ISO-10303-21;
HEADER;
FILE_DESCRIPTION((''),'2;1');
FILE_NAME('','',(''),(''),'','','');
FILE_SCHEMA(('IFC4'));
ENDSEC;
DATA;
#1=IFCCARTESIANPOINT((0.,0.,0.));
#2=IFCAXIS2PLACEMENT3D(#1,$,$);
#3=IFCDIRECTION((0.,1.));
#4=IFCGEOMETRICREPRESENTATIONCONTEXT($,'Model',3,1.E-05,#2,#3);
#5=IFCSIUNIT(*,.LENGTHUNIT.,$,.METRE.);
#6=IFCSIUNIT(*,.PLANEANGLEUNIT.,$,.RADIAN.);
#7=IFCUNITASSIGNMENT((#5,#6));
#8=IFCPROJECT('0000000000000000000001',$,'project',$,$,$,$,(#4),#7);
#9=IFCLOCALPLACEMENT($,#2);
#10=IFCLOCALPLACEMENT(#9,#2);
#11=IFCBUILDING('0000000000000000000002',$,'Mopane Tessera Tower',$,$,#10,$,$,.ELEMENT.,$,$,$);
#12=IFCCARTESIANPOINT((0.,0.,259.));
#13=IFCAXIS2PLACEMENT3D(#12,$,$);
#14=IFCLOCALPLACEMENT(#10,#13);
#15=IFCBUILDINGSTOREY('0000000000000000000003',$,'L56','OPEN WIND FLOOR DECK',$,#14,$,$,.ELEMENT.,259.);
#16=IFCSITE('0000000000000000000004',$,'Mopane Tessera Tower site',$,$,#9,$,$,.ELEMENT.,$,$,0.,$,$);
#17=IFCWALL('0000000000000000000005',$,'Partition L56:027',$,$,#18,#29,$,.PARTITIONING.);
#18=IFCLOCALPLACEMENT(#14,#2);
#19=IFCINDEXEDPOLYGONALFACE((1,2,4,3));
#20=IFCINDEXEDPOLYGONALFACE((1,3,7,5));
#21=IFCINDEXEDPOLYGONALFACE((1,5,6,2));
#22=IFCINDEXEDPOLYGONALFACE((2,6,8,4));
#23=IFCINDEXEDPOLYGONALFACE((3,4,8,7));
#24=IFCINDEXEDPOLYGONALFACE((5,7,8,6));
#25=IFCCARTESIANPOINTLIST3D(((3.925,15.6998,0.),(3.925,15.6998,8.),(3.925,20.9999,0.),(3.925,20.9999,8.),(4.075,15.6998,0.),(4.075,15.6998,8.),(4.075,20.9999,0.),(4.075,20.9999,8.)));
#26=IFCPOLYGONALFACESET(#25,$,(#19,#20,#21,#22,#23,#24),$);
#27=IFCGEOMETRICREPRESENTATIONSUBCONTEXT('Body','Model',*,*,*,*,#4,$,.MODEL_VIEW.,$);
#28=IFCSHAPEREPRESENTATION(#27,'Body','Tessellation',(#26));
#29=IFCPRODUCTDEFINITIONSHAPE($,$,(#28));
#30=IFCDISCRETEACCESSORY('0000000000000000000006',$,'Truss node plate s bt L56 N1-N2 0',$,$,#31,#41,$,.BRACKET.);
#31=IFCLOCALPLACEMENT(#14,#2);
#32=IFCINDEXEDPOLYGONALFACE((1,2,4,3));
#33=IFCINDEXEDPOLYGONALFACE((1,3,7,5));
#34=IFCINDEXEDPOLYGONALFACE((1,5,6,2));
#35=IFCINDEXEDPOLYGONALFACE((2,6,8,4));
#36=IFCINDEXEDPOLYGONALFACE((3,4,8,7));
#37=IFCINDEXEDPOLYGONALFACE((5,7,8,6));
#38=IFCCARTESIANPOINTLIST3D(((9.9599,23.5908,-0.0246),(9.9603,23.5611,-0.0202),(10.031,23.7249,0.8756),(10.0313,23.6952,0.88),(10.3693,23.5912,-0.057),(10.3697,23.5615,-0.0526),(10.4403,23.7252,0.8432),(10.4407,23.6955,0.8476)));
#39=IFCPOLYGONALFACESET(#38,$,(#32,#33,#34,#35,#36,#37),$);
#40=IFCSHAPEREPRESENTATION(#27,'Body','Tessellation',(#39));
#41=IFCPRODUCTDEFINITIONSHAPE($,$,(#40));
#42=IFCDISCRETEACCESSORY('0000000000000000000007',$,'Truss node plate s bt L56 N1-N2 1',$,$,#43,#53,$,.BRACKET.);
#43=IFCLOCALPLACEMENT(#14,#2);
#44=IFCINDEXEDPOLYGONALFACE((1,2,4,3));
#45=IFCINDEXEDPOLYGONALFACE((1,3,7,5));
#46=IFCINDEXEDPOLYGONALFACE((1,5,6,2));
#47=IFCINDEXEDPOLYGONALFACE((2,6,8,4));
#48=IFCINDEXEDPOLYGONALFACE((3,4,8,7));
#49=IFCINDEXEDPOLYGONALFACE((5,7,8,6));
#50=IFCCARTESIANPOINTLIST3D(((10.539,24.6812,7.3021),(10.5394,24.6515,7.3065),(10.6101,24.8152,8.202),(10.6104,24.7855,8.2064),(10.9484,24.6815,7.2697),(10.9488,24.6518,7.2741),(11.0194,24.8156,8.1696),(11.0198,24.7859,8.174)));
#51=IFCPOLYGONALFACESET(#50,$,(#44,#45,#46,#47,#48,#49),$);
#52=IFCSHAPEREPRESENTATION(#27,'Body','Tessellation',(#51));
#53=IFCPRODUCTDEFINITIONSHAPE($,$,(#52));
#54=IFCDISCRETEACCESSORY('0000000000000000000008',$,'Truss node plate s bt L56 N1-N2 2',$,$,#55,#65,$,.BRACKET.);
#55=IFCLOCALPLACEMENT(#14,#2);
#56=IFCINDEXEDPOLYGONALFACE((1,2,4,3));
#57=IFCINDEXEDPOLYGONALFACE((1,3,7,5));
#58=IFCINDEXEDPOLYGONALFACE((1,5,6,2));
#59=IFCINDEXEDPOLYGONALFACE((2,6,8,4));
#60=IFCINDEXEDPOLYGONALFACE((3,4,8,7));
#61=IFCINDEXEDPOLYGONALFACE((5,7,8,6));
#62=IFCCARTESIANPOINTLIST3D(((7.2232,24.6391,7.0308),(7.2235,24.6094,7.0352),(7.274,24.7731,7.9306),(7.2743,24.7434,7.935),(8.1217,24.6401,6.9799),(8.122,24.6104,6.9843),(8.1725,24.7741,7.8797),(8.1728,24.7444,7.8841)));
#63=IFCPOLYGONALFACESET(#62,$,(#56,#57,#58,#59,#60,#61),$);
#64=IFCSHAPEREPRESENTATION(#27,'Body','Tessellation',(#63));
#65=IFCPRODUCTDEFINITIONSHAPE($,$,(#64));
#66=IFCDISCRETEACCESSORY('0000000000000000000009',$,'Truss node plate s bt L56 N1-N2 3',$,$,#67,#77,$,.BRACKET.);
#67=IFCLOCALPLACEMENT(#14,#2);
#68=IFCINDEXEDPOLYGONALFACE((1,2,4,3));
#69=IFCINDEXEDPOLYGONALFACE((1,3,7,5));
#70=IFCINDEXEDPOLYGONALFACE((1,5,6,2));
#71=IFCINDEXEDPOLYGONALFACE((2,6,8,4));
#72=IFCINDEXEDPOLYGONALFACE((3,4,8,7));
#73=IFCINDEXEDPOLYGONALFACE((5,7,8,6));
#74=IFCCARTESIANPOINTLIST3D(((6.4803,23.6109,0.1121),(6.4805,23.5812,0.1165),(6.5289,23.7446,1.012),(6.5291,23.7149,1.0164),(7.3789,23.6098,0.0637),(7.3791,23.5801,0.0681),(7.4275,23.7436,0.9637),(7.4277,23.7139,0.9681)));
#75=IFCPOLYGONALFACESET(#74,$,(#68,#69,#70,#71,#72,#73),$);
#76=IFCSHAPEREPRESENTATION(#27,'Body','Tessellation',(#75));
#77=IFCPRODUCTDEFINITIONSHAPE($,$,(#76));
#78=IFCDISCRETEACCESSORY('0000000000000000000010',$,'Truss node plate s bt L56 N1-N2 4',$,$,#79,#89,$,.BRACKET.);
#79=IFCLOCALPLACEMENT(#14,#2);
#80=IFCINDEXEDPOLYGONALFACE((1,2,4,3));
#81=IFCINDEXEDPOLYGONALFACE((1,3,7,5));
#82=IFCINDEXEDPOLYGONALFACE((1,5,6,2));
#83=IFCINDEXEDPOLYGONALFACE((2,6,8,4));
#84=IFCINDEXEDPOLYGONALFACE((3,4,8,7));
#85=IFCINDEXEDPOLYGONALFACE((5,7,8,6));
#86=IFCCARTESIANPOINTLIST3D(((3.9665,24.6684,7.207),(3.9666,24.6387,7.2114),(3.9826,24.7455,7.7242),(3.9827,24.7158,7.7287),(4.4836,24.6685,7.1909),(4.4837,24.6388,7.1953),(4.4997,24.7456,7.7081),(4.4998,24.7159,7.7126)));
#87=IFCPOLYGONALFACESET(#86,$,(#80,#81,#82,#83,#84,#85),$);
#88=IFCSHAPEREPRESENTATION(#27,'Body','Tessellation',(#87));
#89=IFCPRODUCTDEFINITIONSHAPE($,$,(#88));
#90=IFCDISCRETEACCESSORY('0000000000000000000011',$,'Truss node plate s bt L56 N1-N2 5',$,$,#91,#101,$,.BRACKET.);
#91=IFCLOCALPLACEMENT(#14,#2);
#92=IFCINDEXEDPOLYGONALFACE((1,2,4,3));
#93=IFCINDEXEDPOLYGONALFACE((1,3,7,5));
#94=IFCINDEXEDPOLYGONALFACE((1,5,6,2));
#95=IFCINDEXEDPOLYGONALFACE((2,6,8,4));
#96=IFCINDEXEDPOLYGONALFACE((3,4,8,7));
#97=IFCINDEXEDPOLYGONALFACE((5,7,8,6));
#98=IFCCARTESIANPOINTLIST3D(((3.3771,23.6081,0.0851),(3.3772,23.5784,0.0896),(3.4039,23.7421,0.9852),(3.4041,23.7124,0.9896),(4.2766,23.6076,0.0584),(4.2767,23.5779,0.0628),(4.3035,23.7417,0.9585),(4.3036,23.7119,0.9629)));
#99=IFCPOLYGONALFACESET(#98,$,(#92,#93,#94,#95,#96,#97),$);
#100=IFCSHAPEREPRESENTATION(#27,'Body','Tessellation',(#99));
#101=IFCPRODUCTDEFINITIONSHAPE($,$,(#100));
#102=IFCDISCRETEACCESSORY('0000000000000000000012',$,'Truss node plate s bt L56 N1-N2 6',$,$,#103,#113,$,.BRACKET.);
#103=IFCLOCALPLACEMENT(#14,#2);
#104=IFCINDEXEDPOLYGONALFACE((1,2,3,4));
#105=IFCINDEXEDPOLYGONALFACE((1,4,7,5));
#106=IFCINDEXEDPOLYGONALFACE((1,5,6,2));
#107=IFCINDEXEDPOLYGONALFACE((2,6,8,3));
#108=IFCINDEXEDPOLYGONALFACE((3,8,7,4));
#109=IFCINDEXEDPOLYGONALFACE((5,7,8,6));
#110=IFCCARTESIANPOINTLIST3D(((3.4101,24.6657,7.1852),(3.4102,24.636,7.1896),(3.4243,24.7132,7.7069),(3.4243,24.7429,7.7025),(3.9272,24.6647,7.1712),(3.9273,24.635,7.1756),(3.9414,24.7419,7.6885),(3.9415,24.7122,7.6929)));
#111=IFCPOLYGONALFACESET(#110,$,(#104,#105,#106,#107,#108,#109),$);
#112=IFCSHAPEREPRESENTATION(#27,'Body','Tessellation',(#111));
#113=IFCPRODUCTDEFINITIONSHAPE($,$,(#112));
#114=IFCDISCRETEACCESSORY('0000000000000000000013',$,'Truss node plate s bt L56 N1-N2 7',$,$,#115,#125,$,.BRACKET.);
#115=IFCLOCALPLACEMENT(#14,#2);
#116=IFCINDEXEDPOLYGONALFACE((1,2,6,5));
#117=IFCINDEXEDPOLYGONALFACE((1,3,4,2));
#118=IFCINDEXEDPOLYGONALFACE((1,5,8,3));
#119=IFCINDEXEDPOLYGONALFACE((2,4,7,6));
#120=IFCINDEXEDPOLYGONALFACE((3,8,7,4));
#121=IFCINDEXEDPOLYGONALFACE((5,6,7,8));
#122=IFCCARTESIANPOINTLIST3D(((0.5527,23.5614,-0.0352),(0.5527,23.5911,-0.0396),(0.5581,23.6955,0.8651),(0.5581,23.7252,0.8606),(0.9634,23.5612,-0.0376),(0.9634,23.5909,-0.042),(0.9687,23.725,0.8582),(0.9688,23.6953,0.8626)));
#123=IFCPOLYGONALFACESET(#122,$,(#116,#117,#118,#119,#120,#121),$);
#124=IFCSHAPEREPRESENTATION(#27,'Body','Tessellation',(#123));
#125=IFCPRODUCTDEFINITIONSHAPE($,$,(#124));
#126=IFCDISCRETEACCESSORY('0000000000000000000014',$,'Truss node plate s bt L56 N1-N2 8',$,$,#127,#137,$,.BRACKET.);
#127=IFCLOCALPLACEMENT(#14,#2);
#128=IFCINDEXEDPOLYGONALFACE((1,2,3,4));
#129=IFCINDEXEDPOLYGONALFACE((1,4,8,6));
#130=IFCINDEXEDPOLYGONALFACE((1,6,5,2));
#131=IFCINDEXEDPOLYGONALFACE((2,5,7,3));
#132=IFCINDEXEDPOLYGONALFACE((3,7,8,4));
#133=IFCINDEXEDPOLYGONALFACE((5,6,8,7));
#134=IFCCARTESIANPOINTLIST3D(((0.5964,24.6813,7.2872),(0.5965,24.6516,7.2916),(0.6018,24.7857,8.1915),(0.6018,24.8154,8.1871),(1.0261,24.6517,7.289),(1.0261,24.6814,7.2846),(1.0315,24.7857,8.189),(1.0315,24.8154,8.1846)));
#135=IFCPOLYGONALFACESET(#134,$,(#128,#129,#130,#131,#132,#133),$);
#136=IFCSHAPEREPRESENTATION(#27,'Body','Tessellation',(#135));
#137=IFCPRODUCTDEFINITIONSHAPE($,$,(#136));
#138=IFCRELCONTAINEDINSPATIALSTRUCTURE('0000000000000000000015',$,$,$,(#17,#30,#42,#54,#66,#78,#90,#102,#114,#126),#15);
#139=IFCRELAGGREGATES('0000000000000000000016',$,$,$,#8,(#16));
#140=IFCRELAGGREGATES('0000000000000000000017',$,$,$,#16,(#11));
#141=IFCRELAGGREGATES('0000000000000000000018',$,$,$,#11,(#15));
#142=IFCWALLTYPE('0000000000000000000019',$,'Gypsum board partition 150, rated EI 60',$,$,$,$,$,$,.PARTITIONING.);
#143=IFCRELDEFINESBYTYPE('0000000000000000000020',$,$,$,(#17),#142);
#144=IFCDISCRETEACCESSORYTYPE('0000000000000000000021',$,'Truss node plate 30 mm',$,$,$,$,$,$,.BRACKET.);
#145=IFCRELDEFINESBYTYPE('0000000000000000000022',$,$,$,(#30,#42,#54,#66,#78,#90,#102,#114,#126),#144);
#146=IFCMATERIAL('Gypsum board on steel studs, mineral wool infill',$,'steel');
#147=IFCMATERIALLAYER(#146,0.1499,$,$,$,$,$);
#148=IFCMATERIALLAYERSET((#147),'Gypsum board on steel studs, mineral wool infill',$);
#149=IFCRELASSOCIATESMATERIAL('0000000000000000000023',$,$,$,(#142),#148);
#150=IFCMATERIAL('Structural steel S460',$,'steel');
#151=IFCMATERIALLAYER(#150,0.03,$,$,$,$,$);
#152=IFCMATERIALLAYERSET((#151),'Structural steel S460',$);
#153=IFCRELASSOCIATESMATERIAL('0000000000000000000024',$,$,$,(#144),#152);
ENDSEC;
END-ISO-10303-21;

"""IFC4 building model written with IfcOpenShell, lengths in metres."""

from ifc_helpers import new_model, si_unit, direction, frame, frame_2d, origin, origin_2d, place, context, subcontext, project, spatial, rectangle, extrude, material, layer, layer_set, type_object, element, save


model = new_model("IFC4")

# Units and contexts
model_context = context("Model", 3, precision=1e-05, world=origin(), true_north=direction((0.0, 1.0)))
body_context = subcontext(model_context, "Body", "Model", "MODEL_VIEW")
ifc_project = project(units=[si_unit("LENGTHUNIT", "METRE"), si_unit("PLANEANGLEUNIT", "RADIAN")], contexts=[model_context])

# Site, building, storey
site_placement = place(None, origin())
site = spatial("IfcSite", under=ifc_project, at=site_placement, Name="Mopane Tessera Tower site", CompositionType="ELEMENT", RefElevation=0.0)
building_placement = place(site_placement, origin())
building = spatial("IfcBuilding", under=site, at=building_placement, Name="Mopane Tessera Tower", CompositionType="ELEMENT")
storey_placement = place(building_placement, frame((0.0, 0.0, 259.0)))
storey = spatial("IfcBuildingStorey", under=building, at=storey_placement, Name="L56", Description="OPEN WIND FLOOR DECK", CompositionType="ELEMENT", Elevation=259.0)

# Wall
ifc_material_1 = material(Name="Gypsum board on steel studs, mineral wool infill", Category="steel")
ifc_layer_1 = layer(ifc_material_1, 0.1499)
ifc_layer_set_1 = layer_set([ifc_layer_1], Name="Gypsum board on steel studs, mineral wool infill")
wall_type_1 = type_object("IfcWallType", Name="Gypsum board partition 150, rated EI 60", PredefinedType="PARTITIONING", material=ifc_layer_set_1)
wall_1_placement = place(storey_placement, frame((4.0, 15.7, 0.0), z_axis=(0.0, 0.0, 1.0), x_axis=(0.0, 1.0, 0.0)))
element("IfcWall", 1, at=wall_1_placement, inside=storey, type_object=wall_type_1, Name="Partition L56:027", PredefinedType="PARTITIONING", context=body_context, shape_type="SweptSolid", body=[
    extrude(rectangle(XDim=5.3, YDim=0.1499, at=frame_2d((2.6499, 0.0))), origin(), (0.0, 0.0, 1.0), 8.0),
])

# Discrete accessories
ifc_material_2 = material(Name="Structural steel S460", Category="steel")
ifc_layer_2 = layer(ifc_material_2, 0.03)
ifc_layer_set_2 = layer_set([ifc_layer_2], Name="Structural steel S460")
discrete_accessory_type = type_object("IfcDiscreteAccessoryType", Name="Truss node plate 30 mm", PredefinedType="BRACKET", material=ifc_layer_set_2)
discrete_accessory_1_placement = place(storey_placement, frame((10.1648, 23.5762, -0.0386), z_axis=(0.077828, 0.146831, 0.986095), x_axis=(0.012429, -0.989161, 0.146307)))
element("IfcDiscreteAccessory", 2, at=discrete_accessory_1_placement, inside=storey, type_object=discrete_accessory_type, Name="Truss node plate s bt L56 N1-N2 0", PredefinedType="BRACKET", context=body_context, shape_type="SweptSolid", body=[
    extrude(rectangle(XDim=0.03, YDim=0.4106, at=origin_2d()), origin(), (0.0, 0.0, 1.0), 0.9128),
])
discrete_accessory_2_placement = place(storey_placement, frame((10.7439, 24.6665, 7.2881), z_axis=(0.077849, 0.14687, 0.986088), x_axis=(0.012433, -0.989155, 0.146345)))
element("IfcDiscreteAccessory", 3, at=discrete_accessory_2_placement, inside=storey, type_object=discrete_accessory_type, Name="Truss node plate s bt L56 N1-N2 1", PredefinedType="BRACKET", context=body_context, shape_type="SweptSolid", body=[
    extrude(rectangle(XDim=0.03, YDim=0.4106, at=origin_2d()), origin(), (0.0, 0.0, 1.0), 0.9126),
])
for number, where, z_axis, x_axis, name in (
    (4, (7.6726, 24.6248, 7.0076), (0.055727, 0.147088, 0.987552), (0.009382, -0.989123, 0.146792), "Truss node plate s bt L56 N1-N2 2"),
    (5, (6.9297, 23.5955, 0.0901), (0.053325, 0.146845, 0.987721), (0.006698, -0.989159, 0.146697), "Truss node plate s bt L56 N1-N2 3"),
):
    element("IfcDiscreteAccessory", number, at=place(storey_placement, frame(where, z_axis=z_axis, x_axis=x_axis)), inside=storey, type_object=discrete_accessory_type, Name=name, PredefinedType="BRACKET", context=body_context, shape_type="SweptSolid", body=[
        extrude(rectangle(XDim=0.03, YDim=0.8999, at=origin_2d()), origin(), (0.0, 0.0, 1.0), 0.9111),
    ])
discrete_accessory_3_placement = place(storey_placement, frame((4.2251, 24.6536, 7.2012), z_axis=(0.030791, 0.147426, 0.988594), x_axis=(0.004736, -0.989073, 0.14735)))
element("IfcDiscreteAccessory", 6, at=discrete_accessory_3_placement, inside=storey, type_object=discrete_accessory_type, Name="Truss node plate s bt L56 N1-N2 4", PredefinedType="BRACKET", context=body_context, shape_type="SweptSolid", body=[
    extrude(rectangle(XDim=0.03, YDim=0.5173, at=origin_2d()), origin(), (0.0, 0.0, 1.0), 0.5232),
])
discrete_accessory_4_placement = place(storey_placement, frame((3.8269, 23.593, 0.074), z_axis=(0.029496, 0.147214, 0.988665), x_axis=(0.003851, -0.989105, 0.147164)))
element("IfcDiscreteAccessory", 7, at=discrete_accessory_4_placement, inside=storey, type_object=discrete_accessory_type, Name="Truss node plate s bt L56 N1-N2 5", PredefinedType="BRACKET", context=body_context, shape_type="SweptSolid", body=[
    extrude(rectangle(XDim=0.03, YDim=0.8999, at=origin_2d()), origin(), (0.0, 0.0, 1.0), 0.9104),
])
discrete_accessory_5_placement = place(storey_placement, frame((3.6687, 24.6504, 7.1804), z_axis=(0.027062, 0.147442, 0.9887), x_axis=(0.002054, -0.989069, 0.147441)))
element("IfcDiscreteAccessory", 8, at=discrete_accessory_5_placement, inside=storey, type_object=discrete_accessory_type, Name="Truss node plate s bt L56 N1-N2 6", PredefinedType="BRACKET", context=body_context, shape_type="SweptSolid", body=[
    extrude(rectangle(XDim=0.03, YDim=0.5173, at=origin_2d()), origin(), (0.0, 0.0, 1.0), 0.5232),
])
discrete_accessory_6_placement = place(storey_placement, frame((0.7581, 23.5762, -0.0386), z_axis=(0.005902, 0.147275, 0.989078), x_axis=(0.000416, -0.989095, 0.147275)))
element("IfcDiscreteAccessory", 9, at=discrete_accessory_6_placement, inside=storey, type_object=discrete_accessory_type, Name="Truss node plate s bt L56 N1-N2 7", PredefinedType="BRACKET", context=body_context, shape_type="SweptSolid", body=[
    extrude(rectangle(XDim=0.03, YDim=0.4106, at=origin_2d()), origin(), (0.0, 0.0, 1.0), 0.9102),
])
discrete_accessory_7_placement = place(storey_placement, frame((0.8113, 24.6665, 7.2881), z_axis=(0.005903, 0.147314, 0.989072), x_axis=(0.000917, -0.98909, 0.147311)))
element("IfcDiscreteAccessory", 10, at=discrete_accessory_7_placement, inside=storey, type_object=discrete_accessory_type, Name="Truss node plate s bt L56 N1-N2 8", PredefinedType="BRACKET", context=body_context, shape_type="SweptSolid", body=[
    extrude(rectangle(XDim=0.03, YDim=0.4297, at=origin_2d()), origin(), (0.0, 0.0, 1.0), 0.9099),
])

save(model, "model.ifc")
